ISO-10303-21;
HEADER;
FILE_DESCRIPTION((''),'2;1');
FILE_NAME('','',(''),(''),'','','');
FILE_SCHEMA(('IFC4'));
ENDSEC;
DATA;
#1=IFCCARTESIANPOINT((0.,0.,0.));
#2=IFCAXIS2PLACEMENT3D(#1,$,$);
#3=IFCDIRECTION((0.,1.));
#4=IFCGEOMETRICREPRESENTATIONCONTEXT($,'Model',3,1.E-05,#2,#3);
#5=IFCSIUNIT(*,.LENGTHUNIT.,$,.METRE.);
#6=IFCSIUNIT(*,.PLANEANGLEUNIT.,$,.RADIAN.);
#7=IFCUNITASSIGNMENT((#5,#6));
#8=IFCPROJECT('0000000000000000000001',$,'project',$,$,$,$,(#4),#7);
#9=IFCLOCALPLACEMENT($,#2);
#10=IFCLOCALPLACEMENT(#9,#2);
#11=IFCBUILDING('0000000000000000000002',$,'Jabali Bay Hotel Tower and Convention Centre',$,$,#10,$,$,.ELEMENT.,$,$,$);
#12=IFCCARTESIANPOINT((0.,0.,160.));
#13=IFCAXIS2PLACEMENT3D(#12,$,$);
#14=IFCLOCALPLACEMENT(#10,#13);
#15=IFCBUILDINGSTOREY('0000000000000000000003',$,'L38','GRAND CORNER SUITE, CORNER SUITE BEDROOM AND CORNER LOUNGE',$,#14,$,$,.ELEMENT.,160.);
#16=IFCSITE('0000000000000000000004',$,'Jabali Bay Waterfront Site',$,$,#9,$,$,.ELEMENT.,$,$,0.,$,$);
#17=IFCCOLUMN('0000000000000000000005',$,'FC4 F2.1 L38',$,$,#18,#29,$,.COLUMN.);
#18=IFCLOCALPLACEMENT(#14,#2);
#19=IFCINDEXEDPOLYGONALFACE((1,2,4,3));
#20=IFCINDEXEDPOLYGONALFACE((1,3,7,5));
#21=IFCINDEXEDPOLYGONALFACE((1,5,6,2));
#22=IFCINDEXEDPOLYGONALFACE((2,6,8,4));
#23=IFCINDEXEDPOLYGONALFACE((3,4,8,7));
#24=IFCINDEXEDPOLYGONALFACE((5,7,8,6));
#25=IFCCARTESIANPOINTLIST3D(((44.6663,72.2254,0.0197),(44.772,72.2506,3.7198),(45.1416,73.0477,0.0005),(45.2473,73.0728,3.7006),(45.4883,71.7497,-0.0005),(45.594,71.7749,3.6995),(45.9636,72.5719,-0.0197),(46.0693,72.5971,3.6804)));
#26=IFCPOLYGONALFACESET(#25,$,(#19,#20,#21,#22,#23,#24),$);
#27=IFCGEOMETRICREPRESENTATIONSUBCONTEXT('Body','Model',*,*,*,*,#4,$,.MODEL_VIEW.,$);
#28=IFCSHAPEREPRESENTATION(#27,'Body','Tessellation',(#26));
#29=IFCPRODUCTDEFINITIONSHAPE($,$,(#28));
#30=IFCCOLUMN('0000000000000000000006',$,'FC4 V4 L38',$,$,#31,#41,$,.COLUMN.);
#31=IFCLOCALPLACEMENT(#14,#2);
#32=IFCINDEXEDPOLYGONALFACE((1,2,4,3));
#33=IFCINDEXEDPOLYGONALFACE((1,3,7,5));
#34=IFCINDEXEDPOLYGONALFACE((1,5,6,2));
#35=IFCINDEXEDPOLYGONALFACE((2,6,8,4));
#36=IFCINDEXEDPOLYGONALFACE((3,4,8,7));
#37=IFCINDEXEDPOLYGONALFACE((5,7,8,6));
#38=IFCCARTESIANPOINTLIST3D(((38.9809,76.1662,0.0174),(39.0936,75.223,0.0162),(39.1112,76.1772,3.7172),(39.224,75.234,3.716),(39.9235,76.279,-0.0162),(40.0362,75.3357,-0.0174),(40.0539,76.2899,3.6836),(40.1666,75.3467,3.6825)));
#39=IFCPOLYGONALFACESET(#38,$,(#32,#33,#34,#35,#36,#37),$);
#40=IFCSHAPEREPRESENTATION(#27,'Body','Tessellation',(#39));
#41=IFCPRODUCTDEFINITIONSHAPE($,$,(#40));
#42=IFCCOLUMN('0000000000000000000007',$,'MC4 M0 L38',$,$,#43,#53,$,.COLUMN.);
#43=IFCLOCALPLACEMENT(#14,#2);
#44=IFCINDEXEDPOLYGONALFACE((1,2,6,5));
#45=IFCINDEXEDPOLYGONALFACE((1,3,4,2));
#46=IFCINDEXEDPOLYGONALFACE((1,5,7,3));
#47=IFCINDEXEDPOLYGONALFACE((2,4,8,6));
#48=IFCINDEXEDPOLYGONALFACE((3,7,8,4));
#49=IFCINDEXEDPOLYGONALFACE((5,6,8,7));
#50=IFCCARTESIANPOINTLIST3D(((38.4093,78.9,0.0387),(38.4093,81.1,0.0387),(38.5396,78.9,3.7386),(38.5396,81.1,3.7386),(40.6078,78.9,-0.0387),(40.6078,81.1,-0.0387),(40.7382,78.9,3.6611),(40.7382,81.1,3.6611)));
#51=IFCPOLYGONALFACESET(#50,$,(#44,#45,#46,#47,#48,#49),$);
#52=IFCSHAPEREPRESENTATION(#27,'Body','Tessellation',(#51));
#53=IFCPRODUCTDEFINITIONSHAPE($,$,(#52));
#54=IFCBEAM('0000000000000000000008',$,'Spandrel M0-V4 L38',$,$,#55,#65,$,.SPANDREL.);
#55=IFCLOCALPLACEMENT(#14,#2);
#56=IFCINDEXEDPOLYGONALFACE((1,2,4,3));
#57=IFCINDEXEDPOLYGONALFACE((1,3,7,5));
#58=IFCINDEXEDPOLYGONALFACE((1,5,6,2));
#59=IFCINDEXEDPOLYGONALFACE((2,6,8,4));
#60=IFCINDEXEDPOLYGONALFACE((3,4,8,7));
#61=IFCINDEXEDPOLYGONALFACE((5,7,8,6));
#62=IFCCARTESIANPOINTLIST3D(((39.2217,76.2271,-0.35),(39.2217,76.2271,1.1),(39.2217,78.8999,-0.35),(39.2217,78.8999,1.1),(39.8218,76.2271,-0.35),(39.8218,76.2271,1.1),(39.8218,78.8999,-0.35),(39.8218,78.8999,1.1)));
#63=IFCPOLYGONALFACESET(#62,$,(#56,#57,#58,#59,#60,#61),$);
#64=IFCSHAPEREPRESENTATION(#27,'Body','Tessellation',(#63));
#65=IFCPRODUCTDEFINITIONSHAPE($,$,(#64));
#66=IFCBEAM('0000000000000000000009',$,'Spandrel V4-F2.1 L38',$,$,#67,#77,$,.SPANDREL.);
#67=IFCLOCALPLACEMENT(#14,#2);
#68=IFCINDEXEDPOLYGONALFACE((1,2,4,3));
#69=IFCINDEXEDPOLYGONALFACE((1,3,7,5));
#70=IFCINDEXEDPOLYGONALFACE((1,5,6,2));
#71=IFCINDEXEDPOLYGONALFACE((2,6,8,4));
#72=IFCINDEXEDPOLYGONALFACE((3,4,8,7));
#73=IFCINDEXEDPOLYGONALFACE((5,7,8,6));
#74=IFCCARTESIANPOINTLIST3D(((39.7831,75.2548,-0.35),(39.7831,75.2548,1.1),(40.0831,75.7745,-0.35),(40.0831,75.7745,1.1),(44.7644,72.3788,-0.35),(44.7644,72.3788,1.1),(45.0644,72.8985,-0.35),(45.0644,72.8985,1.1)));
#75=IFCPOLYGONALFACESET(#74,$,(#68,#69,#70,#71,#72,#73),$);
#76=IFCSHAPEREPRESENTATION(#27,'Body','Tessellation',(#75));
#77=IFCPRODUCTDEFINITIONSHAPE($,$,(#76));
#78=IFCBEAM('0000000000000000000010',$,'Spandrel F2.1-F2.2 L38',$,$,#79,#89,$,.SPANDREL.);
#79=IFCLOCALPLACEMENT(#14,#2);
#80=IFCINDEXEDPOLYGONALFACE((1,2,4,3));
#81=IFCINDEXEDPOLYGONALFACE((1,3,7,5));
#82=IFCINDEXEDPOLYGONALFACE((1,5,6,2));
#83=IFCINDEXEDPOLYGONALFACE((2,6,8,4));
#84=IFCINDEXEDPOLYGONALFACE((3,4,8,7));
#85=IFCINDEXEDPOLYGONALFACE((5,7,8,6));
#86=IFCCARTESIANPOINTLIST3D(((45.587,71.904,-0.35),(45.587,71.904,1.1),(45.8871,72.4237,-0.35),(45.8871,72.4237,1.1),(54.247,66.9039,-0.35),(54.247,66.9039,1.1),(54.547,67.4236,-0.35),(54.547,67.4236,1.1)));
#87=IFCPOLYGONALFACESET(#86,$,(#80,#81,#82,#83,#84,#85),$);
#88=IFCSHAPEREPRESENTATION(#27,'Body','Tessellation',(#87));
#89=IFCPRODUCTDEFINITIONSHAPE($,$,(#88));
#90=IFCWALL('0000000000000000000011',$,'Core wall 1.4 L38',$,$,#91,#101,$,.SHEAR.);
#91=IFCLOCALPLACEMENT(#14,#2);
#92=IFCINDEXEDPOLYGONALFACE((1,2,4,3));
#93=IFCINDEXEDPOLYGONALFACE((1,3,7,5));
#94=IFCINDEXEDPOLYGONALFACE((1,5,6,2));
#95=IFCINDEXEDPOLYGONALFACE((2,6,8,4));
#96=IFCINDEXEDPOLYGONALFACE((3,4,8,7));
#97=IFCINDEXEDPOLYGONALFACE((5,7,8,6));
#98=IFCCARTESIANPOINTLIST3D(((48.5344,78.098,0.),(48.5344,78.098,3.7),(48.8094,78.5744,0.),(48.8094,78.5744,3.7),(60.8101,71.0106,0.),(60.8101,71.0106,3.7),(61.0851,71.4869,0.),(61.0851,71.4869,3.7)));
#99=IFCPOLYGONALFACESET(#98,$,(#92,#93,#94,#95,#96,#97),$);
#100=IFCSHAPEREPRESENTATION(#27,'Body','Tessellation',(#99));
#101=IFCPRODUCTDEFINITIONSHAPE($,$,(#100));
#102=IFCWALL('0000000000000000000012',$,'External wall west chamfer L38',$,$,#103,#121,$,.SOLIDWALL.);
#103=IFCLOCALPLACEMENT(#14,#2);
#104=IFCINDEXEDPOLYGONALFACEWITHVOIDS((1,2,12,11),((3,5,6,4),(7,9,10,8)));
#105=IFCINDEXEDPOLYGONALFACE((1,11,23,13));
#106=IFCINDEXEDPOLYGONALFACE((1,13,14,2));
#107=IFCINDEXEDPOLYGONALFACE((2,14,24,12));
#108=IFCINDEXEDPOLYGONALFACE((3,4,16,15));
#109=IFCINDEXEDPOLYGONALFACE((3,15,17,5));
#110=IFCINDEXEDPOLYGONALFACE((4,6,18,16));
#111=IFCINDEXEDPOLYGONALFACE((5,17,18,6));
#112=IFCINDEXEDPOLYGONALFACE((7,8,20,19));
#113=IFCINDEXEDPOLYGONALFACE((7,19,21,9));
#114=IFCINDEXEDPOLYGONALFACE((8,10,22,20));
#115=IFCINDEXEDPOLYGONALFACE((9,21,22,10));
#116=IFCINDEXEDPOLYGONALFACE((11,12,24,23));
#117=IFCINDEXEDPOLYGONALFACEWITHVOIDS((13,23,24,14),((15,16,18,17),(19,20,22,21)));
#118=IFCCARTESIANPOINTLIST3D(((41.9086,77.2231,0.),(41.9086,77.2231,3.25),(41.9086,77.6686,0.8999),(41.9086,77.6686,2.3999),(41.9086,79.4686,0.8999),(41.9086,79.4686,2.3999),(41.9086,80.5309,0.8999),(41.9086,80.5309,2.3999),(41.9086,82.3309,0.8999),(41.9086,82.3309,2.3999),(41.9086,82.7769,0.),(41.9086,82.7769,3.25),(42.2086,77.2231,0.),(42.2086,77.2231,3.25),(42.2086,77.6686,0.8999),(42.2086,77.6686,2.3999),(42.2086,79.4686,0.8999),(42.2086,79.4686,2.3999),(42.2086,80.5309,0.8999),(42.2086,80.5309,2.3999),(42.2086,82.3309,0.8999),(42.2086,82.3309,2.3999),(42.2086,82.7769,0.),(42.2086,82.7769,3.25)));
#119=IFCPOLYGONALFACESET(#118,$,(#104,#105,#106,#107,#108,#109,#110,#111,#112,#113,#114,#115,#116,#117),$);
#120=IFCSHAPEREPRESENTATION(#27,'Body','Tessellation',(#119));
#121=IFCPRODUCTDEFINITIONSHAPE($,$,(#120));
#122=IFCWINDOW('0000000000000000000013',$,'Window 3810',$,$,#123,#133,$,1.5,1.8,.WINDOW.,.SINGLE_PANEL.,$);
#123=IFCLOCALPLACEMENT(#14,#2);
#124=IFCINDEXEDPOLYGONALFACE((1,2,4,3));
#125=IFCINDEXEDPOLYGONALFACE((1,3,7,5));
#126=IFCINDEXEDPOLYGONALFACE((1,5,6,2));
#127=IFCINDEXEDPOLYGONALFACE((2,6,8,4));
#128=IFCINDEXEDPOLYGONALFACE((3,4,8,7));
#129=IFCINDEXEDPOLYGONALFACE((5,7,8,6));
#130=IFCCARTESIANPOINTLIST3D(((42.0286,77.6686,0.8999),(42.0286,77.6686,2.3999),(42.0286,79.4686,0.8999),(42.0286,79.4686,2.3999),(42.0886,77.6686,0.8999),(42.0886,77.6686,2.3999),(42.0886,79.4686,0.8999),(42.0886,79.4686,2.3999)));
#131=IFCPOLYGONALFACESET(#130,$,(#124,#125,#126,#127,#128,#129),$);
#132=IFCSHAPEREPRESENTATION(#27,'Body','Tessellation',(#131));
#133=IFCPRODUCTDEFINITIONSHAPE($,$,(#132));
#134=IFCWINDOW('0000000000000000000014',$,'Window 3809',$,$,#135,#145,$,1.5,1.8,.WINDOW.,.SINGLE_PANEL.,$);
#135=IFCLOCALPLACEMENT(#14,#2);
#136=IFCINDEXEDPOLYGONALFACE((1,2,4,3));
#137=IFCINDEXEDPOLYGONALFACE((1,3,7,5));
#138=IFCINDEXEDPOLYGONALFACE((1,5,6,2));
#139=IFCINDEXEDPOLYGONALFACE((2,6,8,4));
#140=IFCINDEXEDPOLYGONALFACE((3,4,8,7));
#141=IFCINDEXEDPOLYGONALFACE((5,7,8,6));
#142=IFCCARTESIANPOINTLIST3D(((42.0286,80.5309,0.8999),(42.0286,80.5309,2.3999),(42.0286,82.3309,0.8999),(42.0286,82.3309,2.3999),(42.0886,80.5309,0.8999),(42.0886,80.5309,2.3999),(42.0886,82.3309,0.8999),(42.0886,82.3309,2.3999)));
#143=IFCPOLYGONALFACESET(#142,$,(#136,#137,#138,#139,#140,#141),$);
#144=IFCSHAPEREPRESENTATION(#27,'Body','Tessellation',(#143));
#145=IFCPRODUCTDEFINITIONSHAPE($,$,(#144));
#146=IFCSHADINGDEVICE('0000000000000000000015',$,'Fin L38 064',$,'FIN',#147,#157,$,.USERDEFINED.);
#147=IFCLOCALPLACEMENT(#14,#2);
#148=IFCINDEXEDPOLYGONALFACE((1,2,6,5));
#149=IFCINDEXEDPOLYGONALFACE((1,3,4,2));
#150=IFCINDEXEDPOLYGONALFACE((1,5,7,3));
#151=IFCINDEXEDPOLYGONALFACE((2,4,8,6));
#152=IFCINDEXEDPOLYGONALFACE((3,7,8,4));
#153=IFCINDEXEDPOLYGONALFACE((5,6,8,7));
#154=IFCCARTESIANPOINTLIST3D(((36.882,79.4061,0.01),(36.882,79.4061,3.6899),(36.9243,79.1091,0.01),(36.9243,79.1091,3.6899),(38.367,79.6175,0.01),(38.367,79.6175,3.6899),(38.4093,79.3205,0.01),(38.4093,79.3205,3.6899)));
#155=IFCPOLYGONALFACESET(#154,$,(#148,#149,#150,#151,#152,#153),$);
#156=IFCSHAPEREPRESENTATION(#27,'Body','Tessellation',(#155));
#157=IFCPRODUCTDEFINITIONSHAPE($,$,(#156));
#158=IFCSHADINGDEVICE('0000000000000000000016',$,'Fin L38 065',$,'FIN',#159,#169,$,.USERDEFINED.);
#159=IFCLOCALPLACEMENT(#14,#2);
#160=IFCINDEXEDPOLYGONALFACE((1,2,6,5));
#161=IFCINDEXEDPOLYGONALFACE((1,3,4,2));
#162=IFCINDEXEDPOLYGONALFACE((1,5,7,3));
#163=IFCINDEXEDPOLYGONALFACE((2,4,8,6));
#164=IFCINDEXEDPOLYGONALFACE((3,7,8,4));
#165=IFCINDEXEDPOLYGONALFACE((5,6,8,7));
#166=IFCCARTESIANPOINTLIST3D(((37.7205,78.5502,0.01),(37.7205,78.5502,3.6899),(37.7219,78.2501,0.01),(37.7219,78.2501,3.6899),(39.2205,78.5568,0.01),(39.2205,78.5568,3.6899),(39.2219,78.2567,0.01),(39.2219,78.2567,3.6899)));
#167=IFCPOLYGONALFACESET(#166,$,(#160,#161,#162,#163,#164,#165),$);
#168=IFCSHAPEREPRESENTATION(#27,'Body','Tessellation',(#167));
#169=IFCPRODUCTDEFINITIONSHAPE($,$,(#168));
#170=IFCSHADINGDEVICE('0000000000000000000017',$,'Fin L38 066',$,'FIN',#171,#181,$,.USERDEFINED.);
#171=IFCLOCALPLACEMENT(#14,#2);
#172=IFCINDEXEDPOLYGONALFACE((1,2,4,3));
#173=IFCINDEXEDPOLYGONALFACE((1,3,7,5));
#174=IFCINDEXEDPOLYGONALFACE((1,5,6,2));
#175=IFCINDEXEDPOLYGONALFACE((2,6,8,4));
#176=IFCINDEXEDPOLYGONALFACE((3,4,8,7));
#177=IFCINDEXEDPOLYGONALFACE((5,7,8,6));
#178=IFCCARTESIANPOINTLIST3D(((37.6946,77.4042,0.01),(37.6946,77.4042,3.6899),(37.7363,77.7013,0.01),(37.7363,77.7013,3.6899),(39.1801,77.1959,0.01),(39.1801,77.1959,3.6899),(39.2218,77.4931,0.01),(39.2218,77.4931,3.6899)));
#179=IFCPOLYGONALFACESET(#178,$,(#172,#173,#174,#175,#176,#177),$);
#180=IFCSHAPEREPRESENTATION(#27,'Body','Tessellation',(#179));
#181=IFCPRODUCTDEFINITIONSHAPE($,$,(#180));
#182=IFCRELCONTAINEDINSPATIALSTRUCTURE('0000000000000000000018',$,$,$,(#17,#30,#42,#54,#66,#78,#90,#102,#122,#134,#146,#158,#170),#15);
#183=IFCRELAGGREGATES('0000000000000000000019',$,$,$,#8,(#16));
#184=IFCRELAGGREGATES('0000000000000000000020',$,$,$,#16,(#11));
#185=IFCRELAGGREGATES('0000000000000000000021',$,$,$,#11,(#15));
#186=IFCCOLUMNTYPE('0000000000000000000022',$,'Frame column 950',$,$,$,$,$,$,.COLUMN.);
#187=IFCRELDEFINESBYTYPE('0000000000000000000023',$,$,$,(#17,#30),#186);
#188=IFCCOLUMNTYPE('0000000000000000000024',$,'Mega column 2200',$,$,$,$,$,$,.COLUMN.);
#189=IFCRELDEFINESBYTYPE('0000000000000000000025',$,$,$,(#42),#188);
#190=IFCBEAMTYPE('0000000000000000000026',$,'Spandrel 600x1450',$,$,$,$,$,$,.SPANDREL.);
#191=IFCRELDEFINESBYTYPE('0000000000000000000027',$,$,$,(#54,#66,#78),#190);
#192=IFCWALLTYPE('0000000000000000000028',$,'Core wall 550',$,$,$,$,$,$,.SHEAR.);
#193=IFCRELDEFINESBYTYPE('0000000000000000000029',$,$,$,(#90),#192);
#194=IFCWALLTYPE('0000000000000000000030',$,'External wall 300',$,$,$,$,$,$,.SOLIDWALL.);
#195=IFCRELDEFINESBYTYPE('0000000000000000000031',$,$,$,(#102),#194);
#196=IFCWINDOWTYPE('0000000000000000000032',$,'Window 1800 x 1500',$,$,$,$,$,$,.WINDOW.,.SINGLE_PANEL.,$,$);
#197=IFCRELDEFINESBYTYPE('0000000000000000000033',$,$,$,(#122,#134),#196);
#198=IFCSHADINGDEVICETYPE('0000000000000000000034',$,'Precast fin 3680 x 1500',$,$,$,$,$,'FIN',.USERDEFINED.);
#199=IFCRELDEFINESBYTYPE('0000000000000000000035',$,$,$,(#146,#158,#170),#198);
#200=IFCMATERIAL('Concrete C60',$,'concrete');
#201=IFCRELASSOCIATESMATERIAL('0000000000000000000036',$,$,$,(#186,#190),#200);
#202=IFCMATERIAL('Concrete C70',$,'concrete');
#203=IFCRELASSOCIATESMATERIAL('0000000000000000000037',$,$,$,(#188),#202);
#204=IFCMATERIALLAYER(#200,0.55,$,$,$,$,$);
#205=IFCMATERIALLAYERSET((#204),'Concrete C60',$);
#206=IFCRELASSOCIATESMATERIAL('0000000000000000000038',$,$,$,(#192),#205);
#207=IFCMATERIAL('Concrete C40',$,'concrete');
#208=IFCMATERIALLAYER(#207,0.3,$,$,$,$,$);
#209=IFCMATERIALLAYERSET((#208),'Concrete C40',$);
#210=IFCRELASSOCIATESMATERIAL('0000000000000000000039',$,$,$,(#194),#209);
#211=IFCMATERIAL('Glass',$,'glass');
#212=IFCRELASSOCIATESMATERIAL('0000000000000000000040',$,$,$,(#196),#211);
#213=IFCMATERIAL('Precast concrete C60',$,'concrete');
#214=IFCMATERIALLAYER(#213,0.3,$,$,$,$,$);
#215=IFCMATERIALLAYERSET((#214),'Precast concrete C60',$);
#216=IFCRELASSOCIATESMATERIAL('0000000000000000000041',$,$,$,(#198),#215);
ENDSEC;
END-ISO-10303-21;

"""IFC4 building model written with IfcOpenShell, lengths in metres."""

from ifc_helpers import new_model, si_unit, direction, frame, frame_2d, origin, origin_2d, place, context, subcontext, project, spatial, rectangle, extrude, material, layer, layer_set, material_profile, profile_set, type_object, element, fill, save


model = new_model("IFC4")

# Units and contexts
model_context = context("Model", 3, precision=1e-05, world=origin(), true_north=direction((0.0, 1.0)))
body_context = subcontext(model_context, "Body", "Model", "MODEL_VIEW")
ifc_project = project(units=[si_unit("LENGTHUNIT", "METRE"), si_unit("PLANEANGLEUNIT", "RADIAN")], contexts=[model_context])

# Site, building, storey
site_placement = place(None, origin())
site = spatial("IfcSite", under=ifc_project, at=site_placement, Name="Jabali Bay Waterfront Site", CompositionType="ELEMENT", RefElevation=0.0)
building_placement = place(site_placement, origin())
building = spatial("IfcBuilding", under=site, at=building_placement, Name="Jabali Bay Hotel Tower and Convention Centre", CompositionType="ELEMENT")
storey_placement = place(building_placement, frame((0.0, 0.0, 160.0)))
storey = spatial("IfcBuildingStorey", under=building, at=storey_placement, Name="L38", Description="GRAND CORNER SUITE, CORNER SUITE BEDROOM AND CORNER LOUNGE", CompositionType="ELEMENT", Elevation=160.0)

# Columns
ifc_material_1 = material(Name="Concrete C60", Category="concrete")
ifc_material_profile_1 = material_profile(ifc_material_1, rectangle(XDim=0.95, YDim=0.95, at=origin_2d()), Name="Frame column 950")
ifc_profile_set_1 = profile_set([ifc_material_profile_1], Name="Concrete C60")
column_type_1 = type_object("IfcColumnType", Name="Frame column 950", PredefinedType="COLUMN", material=ifc_profile_set_1)
column_1_placement = place(storey_placement, frame((45.3149, 72.3987, 0.0), z_axis=(0.028559, 0.006794, 0.999569), x_axis=(-0.865315, 0.500774, 0.02132)))
element("IfcColumn", 1, at=column_1_placement, inside=storey, type_object=column_type_1, Name="FC4 F2.1 L38", PredefinedType="COLUMN", context=body_context, shape_type="SweptSolid", body=[
    extrude(rectangle(XDim=0.95, YDim=0.95, at=origin_2d()), origin(), (0.0, 0.0, 1.0), 3.7017),
])
column_2_placement = place(storey_placement, frame((39.5085, 75.751, 0.0), z_axis=(0.035214, 0.002967, 0.999375), x_axis=(-0.118687, 0.992931, 0.001234)))
element("IfcColumn", 2, at=column_2_placement, inside=storey, type_object=column_type_1, Name="FC4 V4 L38", PredefinedType="COLUMN", context=body_context, shape_type="SweptSolid", body=[
    extrude(rectangle(XDim=0.95, YDim=0.95, at=origin_2d()), origin(), (0.0, 0.0, 1.0), 3.7021),
])
ifc_material_2 = material(Name="Concrete C70", Category="concrete")
ifc_material_profile_2 = material_profile(ifc_material_2, rectangle(XDim=2.2, YDim=2.2, at=origin_2d()), Name="Mega column 2200")
ifc_profile_set_2 = profile_set([ifc_material_profile_2], Name="Concrete C70")
column_type_2 = type_object("IfcColumnType", Name="Mega column 2200", PredefinedType="COLUMN", material=ifc_profile_set_2)
column_3_placement = place(storey_placement, frame((39.5085, 80.0, 0.0), z_axis=(0.035214, 0.0, 0.99938), x_axis=(0.0, 1.0, 0.0)))
element("IfcColumn", 3, at=column_3_placement, inside=storey, type_object=column_type_2, Name="MC4 M0 L38", PredefinedType="COLUMN", context=body_context, shape_type="SweptSolid", body=[
    extrude(rectangle(XDim=2.2, YDim=2.2, at=origin_2d()), origin(), (0.0, 0.0, 1.0), 3.7021),
])

# Beams
ifc_material_profile_3 = material_profile(ifc_material_1, rectangle(XDim=0.6001, YDim=1.45, at=origin_2d()), Name="Spandrel 600x1450")
ifc_profile_set_3 = profile_set([ifc_material_profile_3], Name="Concrete C60")
beam_type = type_object("IfcBeamType", Name="Spandrel 600x1450", PredefinedType="SPANDREL", material=ifc_profile_set_3)
beam_1_placement = place(storey_placement, frame((39.5217, 78.8999, 0.375), z_axis=(0.0, -1.0, 0.0), x_axis=(1.0, 0.0, 0.0)))
element("IfcBeam", 4, at=beam_1_placement, inside=storey, type_object=beam_type, Name="Spandrel M0-V4 L38", PredefinedType="SPANDREL", context=body_context, shape_type="SweptSolid", body=[
    extrude(rectangle(XDim=0.6001, YDim=1.45, at=origin_2d()), origin(), (0.0, 0.0, 1.0), 2.6729),
])
beam_2_placement = place(storey_placement, frame((39.9331, 75.5146, 0.375), z_axis=(0.866019, -0.50001, 0.0), x_axis=(0.50001, 0.866019, 0.0)))
element("IfcBeam", 5, at=beam_2_placement, inside=storey, type_object=beam_type, Name="Spandrel V4-F2.1 L38", PredefinedType="SPANDREL", context=body_context, shape_type="SweptSolid", body=[
    extrude(rectangle(XDim=0.6001, YDim=1.45, at=origin_2d()), origin(), (0.0, 0.0, 1.0), 5.752),
])
beam_3_placement = place(storey_placement, frame((45.7371, 72.1638, 0.375), z_axis=(0.866017, -0.500015, 0.0), x_axis=(0.500015, 0.866017, 0.0)))
element("IfcBeam", 6, at=beam_3_placement, inside=storey, type_object=beam_type, Name="Spandrel F2.1-F2.2 L38", PredefinedType="SPANDREL", context=body_context, shape_type="SweptSolid", body=[
    extrude(rectangle(XDim=0.6001, YDim=1.45, at=origin_2d()), origin(), (0.0, 0.0, 1.0), 9.9998),
])

# Wall
ifc_layer_1 = layer(ifc_material_1, 0.55)
ifc_layer_set_1 = layer_set([ifc_layer_1], Name="Concrete C60")
wall_type_1 = type_object("IfcWallType", Name="Core wall 550", PredefinedType="SHEAR", material=ifc_layer_set_1)
wall_1_placement = place(storey_placement, frame((48.6719, 78.3362, 0.0), z_axis=(0.0, 0.0, 1.0), x_axis=(0.866024, -0.500003, 0.0)))
element("IfcWall", 7, at=wall_1_placement, inside=storey, type_object=wall_type_1, Name="Core wall 1.4 L38", PredefinedType="SHEAR", context=body_context, shape_type="SweptSolid", body=[
    extrude(rectangle(XDim=14.1748, YDim=0.55, at=frame_2d((7.0874, 0.0))), origin(), (0.0, 0.0, 1.0), 3.7),
])

# Wall, openings, windows
ifc_material_3 = material(Name="Concrete C40", Category="concrete")
ifc_layer_2 = layer(ifc_material_3, 0.3)
ifc_layer_set_2 = layer_set([ifc_layer_2], Name="Concrete C40")
wall_type_2 = type_object("IfcWallType", Name="External wall 300", PredefinedType="SOLIDWALL", material=ifc_layer_set_2)
wall_2_placement = place(storey_placement, frame((42.0586, 77.2231, 0.0), z_axis=(0.0, 0.0, 1.0), x_axis=(0.0, 1.0, 0.0)))
wall_2 = element("IfcWall", 8, at=wall_2_placement, inside=storey, type_object=wall_type_2, Name="External wall west chamfer L38", PredefinedType="SOLIDWALL", context=body_context, shape_type="SweptSolid", body=[
    extrude(rectangle(XDim=5.5537, YDim=0.3, at=frame_2d((2.7769, 0.0))), origin(), (0.0, 0.0, 1.0), 3.25),
])
opening_1_placement = place(wall_2_placement, frame((0.4456, 0.0, 0.8999)))
opening_1 = element("IfcOpeningElement", 9, at=opening_1_placement, cuts=wall_2, PredefinedType="OPENING", context=body_context, shape_type="SweptSolid", body=[
    extrude(rectangle(XDim=1.8, YDim=1.5, at=frame_2d((0.8999, 0.75))), frame((0.0, 0.1606, 0.0), z_axis=(0.0, -1.0, 0.0), x_axis=(1.0, 0.0, 0.0)), (0.0, 0.0, 1.0), 0.321),
])
opening_2_placement = place(wall_2_placement, frame((3.3079, 0.0, 0.8999)))
opening_2 = element("IfcOpeningElement", 10, at=opening_2_placement, cuts=wall_2, PredefinedType="OPENING", context=body_context, shape_type="SweptSolid", body=[
    extrude(rectangle(XDim=1.8, YDim=1.5, at=frame_2d((0.8999, 0.75))), frame((0.0, 0.1606, 0.0), z_axis=(0.0, -1.0, 0.0), x_axis=(1.0, 0.0, 0.0)), (0.0, 0.0, 1.0), 0.321),
])
ifc_material_4 = material(Name="Glass", Category="glass")
window_type = type_object("IfcWindowType", Name="Window 1800 x 1500", PartitioningType="SINGLE_PANEL", PredefinedType="WINDOW", material=ifc_material_4)
window_1_placement = place(opening_1_placement, origin())
window_1 = element("IfcWindow", 11, at=window_1_placement, inside=storey, type_object=window_type, Name="Window 3810", OverallHeight=1.5, OverallWidth=1.8, PartitioningType="SINGLE_PANEL", PredefinedType="WINDOW", context=body_context, shape_type="SweptSolid", body=[
    extrude(rectangle(XDim=1.8, YDim=1.5, at=frame_2d((0.8999, 0.75))), frame((0.0, 0.03, 0.0), z_axis=(0.0, -1.0, 0.0), x_axis=(1.0, 0.0, 0.0)), (0.0, 0.0, 1.0), 0.0601),
])
fill(opening_1, window_1)
window_2_placement = place(opening_2_placement, origin())
window_2 = element("IfcWindow", 12, at=window_2_placement, inside=storey, type_object=window_type, Name="Window 3809", OverallHeight=1.5, OverallWidth=1.8, PartitioningType="SINGLE_PANEL", PredefinedType="WINDOW", context=body_context, shape_type="SweptSolid", body=[
    extrude(rectangle(XDim=1.8, YDim=1.5, at=frame_2d((0.8999, 0.75))), frame((0.0, 0.03, 0.0), z_axis=(0.0, -1.0, 0.0), x_axis=(1.0, 0.0, 0.0)), (0.0, 0.0, 1.0), 0.0601),
])
fill(opening_2, window_2)

# Shading devices
ifc_material_5 = material(Name="Precast concrete C60", Category="concrete")
ifc_layer_3 = layer(ifc_material_5, 0.3)
ifc_layer_set_3 = layer_set([ifc_layer_3], Name="Precast concrete C60")
shading_device_type = type_object("IfcShadingDeviceType", Name="Precast fin 3680 x 1500", ElementType="FIN", PredefinedType="USERDEFINED", material=ifc_layer_set_3)
for number, where, z_axis, x_axis, name in (
    (13, (38.3882, 79.469, 0.01), (0.0, 0.0, 1.0), (-0.990018, -0.140943, 0.0), "Fin L38 064"),
    (14, (39.2212, 78.4067, 0.01), (0.0, 0.0, 1.0), (-0.99999, -0.004394, 0.0), "Fin L38 065"),
    (15, (39.2009, 77.3445, 0.01), (0.0, 0.0, 1.0), (-0.990314, 0.138846, 0.0), "Fin L38 066"),
):
    element("IfcShadingDevice", number, at=place(storey_placement, frame(where, z_axis=z_axis, x_axis=x_axis)), inside=storey, type_object=shading_device_type, Name=name, ObjectType="FIN", PredefinedType="USERDEFINED", context=body_context, shape_type="SweptSolid", body=[
        extrude(rectangle(XDim=1.5, YDim=0.3, at=frame_2d((0.75, 0.0))), origin(), (0.0, 0.0, 1.0), 3.6799),
    ])

save(model, "model.ifc")
